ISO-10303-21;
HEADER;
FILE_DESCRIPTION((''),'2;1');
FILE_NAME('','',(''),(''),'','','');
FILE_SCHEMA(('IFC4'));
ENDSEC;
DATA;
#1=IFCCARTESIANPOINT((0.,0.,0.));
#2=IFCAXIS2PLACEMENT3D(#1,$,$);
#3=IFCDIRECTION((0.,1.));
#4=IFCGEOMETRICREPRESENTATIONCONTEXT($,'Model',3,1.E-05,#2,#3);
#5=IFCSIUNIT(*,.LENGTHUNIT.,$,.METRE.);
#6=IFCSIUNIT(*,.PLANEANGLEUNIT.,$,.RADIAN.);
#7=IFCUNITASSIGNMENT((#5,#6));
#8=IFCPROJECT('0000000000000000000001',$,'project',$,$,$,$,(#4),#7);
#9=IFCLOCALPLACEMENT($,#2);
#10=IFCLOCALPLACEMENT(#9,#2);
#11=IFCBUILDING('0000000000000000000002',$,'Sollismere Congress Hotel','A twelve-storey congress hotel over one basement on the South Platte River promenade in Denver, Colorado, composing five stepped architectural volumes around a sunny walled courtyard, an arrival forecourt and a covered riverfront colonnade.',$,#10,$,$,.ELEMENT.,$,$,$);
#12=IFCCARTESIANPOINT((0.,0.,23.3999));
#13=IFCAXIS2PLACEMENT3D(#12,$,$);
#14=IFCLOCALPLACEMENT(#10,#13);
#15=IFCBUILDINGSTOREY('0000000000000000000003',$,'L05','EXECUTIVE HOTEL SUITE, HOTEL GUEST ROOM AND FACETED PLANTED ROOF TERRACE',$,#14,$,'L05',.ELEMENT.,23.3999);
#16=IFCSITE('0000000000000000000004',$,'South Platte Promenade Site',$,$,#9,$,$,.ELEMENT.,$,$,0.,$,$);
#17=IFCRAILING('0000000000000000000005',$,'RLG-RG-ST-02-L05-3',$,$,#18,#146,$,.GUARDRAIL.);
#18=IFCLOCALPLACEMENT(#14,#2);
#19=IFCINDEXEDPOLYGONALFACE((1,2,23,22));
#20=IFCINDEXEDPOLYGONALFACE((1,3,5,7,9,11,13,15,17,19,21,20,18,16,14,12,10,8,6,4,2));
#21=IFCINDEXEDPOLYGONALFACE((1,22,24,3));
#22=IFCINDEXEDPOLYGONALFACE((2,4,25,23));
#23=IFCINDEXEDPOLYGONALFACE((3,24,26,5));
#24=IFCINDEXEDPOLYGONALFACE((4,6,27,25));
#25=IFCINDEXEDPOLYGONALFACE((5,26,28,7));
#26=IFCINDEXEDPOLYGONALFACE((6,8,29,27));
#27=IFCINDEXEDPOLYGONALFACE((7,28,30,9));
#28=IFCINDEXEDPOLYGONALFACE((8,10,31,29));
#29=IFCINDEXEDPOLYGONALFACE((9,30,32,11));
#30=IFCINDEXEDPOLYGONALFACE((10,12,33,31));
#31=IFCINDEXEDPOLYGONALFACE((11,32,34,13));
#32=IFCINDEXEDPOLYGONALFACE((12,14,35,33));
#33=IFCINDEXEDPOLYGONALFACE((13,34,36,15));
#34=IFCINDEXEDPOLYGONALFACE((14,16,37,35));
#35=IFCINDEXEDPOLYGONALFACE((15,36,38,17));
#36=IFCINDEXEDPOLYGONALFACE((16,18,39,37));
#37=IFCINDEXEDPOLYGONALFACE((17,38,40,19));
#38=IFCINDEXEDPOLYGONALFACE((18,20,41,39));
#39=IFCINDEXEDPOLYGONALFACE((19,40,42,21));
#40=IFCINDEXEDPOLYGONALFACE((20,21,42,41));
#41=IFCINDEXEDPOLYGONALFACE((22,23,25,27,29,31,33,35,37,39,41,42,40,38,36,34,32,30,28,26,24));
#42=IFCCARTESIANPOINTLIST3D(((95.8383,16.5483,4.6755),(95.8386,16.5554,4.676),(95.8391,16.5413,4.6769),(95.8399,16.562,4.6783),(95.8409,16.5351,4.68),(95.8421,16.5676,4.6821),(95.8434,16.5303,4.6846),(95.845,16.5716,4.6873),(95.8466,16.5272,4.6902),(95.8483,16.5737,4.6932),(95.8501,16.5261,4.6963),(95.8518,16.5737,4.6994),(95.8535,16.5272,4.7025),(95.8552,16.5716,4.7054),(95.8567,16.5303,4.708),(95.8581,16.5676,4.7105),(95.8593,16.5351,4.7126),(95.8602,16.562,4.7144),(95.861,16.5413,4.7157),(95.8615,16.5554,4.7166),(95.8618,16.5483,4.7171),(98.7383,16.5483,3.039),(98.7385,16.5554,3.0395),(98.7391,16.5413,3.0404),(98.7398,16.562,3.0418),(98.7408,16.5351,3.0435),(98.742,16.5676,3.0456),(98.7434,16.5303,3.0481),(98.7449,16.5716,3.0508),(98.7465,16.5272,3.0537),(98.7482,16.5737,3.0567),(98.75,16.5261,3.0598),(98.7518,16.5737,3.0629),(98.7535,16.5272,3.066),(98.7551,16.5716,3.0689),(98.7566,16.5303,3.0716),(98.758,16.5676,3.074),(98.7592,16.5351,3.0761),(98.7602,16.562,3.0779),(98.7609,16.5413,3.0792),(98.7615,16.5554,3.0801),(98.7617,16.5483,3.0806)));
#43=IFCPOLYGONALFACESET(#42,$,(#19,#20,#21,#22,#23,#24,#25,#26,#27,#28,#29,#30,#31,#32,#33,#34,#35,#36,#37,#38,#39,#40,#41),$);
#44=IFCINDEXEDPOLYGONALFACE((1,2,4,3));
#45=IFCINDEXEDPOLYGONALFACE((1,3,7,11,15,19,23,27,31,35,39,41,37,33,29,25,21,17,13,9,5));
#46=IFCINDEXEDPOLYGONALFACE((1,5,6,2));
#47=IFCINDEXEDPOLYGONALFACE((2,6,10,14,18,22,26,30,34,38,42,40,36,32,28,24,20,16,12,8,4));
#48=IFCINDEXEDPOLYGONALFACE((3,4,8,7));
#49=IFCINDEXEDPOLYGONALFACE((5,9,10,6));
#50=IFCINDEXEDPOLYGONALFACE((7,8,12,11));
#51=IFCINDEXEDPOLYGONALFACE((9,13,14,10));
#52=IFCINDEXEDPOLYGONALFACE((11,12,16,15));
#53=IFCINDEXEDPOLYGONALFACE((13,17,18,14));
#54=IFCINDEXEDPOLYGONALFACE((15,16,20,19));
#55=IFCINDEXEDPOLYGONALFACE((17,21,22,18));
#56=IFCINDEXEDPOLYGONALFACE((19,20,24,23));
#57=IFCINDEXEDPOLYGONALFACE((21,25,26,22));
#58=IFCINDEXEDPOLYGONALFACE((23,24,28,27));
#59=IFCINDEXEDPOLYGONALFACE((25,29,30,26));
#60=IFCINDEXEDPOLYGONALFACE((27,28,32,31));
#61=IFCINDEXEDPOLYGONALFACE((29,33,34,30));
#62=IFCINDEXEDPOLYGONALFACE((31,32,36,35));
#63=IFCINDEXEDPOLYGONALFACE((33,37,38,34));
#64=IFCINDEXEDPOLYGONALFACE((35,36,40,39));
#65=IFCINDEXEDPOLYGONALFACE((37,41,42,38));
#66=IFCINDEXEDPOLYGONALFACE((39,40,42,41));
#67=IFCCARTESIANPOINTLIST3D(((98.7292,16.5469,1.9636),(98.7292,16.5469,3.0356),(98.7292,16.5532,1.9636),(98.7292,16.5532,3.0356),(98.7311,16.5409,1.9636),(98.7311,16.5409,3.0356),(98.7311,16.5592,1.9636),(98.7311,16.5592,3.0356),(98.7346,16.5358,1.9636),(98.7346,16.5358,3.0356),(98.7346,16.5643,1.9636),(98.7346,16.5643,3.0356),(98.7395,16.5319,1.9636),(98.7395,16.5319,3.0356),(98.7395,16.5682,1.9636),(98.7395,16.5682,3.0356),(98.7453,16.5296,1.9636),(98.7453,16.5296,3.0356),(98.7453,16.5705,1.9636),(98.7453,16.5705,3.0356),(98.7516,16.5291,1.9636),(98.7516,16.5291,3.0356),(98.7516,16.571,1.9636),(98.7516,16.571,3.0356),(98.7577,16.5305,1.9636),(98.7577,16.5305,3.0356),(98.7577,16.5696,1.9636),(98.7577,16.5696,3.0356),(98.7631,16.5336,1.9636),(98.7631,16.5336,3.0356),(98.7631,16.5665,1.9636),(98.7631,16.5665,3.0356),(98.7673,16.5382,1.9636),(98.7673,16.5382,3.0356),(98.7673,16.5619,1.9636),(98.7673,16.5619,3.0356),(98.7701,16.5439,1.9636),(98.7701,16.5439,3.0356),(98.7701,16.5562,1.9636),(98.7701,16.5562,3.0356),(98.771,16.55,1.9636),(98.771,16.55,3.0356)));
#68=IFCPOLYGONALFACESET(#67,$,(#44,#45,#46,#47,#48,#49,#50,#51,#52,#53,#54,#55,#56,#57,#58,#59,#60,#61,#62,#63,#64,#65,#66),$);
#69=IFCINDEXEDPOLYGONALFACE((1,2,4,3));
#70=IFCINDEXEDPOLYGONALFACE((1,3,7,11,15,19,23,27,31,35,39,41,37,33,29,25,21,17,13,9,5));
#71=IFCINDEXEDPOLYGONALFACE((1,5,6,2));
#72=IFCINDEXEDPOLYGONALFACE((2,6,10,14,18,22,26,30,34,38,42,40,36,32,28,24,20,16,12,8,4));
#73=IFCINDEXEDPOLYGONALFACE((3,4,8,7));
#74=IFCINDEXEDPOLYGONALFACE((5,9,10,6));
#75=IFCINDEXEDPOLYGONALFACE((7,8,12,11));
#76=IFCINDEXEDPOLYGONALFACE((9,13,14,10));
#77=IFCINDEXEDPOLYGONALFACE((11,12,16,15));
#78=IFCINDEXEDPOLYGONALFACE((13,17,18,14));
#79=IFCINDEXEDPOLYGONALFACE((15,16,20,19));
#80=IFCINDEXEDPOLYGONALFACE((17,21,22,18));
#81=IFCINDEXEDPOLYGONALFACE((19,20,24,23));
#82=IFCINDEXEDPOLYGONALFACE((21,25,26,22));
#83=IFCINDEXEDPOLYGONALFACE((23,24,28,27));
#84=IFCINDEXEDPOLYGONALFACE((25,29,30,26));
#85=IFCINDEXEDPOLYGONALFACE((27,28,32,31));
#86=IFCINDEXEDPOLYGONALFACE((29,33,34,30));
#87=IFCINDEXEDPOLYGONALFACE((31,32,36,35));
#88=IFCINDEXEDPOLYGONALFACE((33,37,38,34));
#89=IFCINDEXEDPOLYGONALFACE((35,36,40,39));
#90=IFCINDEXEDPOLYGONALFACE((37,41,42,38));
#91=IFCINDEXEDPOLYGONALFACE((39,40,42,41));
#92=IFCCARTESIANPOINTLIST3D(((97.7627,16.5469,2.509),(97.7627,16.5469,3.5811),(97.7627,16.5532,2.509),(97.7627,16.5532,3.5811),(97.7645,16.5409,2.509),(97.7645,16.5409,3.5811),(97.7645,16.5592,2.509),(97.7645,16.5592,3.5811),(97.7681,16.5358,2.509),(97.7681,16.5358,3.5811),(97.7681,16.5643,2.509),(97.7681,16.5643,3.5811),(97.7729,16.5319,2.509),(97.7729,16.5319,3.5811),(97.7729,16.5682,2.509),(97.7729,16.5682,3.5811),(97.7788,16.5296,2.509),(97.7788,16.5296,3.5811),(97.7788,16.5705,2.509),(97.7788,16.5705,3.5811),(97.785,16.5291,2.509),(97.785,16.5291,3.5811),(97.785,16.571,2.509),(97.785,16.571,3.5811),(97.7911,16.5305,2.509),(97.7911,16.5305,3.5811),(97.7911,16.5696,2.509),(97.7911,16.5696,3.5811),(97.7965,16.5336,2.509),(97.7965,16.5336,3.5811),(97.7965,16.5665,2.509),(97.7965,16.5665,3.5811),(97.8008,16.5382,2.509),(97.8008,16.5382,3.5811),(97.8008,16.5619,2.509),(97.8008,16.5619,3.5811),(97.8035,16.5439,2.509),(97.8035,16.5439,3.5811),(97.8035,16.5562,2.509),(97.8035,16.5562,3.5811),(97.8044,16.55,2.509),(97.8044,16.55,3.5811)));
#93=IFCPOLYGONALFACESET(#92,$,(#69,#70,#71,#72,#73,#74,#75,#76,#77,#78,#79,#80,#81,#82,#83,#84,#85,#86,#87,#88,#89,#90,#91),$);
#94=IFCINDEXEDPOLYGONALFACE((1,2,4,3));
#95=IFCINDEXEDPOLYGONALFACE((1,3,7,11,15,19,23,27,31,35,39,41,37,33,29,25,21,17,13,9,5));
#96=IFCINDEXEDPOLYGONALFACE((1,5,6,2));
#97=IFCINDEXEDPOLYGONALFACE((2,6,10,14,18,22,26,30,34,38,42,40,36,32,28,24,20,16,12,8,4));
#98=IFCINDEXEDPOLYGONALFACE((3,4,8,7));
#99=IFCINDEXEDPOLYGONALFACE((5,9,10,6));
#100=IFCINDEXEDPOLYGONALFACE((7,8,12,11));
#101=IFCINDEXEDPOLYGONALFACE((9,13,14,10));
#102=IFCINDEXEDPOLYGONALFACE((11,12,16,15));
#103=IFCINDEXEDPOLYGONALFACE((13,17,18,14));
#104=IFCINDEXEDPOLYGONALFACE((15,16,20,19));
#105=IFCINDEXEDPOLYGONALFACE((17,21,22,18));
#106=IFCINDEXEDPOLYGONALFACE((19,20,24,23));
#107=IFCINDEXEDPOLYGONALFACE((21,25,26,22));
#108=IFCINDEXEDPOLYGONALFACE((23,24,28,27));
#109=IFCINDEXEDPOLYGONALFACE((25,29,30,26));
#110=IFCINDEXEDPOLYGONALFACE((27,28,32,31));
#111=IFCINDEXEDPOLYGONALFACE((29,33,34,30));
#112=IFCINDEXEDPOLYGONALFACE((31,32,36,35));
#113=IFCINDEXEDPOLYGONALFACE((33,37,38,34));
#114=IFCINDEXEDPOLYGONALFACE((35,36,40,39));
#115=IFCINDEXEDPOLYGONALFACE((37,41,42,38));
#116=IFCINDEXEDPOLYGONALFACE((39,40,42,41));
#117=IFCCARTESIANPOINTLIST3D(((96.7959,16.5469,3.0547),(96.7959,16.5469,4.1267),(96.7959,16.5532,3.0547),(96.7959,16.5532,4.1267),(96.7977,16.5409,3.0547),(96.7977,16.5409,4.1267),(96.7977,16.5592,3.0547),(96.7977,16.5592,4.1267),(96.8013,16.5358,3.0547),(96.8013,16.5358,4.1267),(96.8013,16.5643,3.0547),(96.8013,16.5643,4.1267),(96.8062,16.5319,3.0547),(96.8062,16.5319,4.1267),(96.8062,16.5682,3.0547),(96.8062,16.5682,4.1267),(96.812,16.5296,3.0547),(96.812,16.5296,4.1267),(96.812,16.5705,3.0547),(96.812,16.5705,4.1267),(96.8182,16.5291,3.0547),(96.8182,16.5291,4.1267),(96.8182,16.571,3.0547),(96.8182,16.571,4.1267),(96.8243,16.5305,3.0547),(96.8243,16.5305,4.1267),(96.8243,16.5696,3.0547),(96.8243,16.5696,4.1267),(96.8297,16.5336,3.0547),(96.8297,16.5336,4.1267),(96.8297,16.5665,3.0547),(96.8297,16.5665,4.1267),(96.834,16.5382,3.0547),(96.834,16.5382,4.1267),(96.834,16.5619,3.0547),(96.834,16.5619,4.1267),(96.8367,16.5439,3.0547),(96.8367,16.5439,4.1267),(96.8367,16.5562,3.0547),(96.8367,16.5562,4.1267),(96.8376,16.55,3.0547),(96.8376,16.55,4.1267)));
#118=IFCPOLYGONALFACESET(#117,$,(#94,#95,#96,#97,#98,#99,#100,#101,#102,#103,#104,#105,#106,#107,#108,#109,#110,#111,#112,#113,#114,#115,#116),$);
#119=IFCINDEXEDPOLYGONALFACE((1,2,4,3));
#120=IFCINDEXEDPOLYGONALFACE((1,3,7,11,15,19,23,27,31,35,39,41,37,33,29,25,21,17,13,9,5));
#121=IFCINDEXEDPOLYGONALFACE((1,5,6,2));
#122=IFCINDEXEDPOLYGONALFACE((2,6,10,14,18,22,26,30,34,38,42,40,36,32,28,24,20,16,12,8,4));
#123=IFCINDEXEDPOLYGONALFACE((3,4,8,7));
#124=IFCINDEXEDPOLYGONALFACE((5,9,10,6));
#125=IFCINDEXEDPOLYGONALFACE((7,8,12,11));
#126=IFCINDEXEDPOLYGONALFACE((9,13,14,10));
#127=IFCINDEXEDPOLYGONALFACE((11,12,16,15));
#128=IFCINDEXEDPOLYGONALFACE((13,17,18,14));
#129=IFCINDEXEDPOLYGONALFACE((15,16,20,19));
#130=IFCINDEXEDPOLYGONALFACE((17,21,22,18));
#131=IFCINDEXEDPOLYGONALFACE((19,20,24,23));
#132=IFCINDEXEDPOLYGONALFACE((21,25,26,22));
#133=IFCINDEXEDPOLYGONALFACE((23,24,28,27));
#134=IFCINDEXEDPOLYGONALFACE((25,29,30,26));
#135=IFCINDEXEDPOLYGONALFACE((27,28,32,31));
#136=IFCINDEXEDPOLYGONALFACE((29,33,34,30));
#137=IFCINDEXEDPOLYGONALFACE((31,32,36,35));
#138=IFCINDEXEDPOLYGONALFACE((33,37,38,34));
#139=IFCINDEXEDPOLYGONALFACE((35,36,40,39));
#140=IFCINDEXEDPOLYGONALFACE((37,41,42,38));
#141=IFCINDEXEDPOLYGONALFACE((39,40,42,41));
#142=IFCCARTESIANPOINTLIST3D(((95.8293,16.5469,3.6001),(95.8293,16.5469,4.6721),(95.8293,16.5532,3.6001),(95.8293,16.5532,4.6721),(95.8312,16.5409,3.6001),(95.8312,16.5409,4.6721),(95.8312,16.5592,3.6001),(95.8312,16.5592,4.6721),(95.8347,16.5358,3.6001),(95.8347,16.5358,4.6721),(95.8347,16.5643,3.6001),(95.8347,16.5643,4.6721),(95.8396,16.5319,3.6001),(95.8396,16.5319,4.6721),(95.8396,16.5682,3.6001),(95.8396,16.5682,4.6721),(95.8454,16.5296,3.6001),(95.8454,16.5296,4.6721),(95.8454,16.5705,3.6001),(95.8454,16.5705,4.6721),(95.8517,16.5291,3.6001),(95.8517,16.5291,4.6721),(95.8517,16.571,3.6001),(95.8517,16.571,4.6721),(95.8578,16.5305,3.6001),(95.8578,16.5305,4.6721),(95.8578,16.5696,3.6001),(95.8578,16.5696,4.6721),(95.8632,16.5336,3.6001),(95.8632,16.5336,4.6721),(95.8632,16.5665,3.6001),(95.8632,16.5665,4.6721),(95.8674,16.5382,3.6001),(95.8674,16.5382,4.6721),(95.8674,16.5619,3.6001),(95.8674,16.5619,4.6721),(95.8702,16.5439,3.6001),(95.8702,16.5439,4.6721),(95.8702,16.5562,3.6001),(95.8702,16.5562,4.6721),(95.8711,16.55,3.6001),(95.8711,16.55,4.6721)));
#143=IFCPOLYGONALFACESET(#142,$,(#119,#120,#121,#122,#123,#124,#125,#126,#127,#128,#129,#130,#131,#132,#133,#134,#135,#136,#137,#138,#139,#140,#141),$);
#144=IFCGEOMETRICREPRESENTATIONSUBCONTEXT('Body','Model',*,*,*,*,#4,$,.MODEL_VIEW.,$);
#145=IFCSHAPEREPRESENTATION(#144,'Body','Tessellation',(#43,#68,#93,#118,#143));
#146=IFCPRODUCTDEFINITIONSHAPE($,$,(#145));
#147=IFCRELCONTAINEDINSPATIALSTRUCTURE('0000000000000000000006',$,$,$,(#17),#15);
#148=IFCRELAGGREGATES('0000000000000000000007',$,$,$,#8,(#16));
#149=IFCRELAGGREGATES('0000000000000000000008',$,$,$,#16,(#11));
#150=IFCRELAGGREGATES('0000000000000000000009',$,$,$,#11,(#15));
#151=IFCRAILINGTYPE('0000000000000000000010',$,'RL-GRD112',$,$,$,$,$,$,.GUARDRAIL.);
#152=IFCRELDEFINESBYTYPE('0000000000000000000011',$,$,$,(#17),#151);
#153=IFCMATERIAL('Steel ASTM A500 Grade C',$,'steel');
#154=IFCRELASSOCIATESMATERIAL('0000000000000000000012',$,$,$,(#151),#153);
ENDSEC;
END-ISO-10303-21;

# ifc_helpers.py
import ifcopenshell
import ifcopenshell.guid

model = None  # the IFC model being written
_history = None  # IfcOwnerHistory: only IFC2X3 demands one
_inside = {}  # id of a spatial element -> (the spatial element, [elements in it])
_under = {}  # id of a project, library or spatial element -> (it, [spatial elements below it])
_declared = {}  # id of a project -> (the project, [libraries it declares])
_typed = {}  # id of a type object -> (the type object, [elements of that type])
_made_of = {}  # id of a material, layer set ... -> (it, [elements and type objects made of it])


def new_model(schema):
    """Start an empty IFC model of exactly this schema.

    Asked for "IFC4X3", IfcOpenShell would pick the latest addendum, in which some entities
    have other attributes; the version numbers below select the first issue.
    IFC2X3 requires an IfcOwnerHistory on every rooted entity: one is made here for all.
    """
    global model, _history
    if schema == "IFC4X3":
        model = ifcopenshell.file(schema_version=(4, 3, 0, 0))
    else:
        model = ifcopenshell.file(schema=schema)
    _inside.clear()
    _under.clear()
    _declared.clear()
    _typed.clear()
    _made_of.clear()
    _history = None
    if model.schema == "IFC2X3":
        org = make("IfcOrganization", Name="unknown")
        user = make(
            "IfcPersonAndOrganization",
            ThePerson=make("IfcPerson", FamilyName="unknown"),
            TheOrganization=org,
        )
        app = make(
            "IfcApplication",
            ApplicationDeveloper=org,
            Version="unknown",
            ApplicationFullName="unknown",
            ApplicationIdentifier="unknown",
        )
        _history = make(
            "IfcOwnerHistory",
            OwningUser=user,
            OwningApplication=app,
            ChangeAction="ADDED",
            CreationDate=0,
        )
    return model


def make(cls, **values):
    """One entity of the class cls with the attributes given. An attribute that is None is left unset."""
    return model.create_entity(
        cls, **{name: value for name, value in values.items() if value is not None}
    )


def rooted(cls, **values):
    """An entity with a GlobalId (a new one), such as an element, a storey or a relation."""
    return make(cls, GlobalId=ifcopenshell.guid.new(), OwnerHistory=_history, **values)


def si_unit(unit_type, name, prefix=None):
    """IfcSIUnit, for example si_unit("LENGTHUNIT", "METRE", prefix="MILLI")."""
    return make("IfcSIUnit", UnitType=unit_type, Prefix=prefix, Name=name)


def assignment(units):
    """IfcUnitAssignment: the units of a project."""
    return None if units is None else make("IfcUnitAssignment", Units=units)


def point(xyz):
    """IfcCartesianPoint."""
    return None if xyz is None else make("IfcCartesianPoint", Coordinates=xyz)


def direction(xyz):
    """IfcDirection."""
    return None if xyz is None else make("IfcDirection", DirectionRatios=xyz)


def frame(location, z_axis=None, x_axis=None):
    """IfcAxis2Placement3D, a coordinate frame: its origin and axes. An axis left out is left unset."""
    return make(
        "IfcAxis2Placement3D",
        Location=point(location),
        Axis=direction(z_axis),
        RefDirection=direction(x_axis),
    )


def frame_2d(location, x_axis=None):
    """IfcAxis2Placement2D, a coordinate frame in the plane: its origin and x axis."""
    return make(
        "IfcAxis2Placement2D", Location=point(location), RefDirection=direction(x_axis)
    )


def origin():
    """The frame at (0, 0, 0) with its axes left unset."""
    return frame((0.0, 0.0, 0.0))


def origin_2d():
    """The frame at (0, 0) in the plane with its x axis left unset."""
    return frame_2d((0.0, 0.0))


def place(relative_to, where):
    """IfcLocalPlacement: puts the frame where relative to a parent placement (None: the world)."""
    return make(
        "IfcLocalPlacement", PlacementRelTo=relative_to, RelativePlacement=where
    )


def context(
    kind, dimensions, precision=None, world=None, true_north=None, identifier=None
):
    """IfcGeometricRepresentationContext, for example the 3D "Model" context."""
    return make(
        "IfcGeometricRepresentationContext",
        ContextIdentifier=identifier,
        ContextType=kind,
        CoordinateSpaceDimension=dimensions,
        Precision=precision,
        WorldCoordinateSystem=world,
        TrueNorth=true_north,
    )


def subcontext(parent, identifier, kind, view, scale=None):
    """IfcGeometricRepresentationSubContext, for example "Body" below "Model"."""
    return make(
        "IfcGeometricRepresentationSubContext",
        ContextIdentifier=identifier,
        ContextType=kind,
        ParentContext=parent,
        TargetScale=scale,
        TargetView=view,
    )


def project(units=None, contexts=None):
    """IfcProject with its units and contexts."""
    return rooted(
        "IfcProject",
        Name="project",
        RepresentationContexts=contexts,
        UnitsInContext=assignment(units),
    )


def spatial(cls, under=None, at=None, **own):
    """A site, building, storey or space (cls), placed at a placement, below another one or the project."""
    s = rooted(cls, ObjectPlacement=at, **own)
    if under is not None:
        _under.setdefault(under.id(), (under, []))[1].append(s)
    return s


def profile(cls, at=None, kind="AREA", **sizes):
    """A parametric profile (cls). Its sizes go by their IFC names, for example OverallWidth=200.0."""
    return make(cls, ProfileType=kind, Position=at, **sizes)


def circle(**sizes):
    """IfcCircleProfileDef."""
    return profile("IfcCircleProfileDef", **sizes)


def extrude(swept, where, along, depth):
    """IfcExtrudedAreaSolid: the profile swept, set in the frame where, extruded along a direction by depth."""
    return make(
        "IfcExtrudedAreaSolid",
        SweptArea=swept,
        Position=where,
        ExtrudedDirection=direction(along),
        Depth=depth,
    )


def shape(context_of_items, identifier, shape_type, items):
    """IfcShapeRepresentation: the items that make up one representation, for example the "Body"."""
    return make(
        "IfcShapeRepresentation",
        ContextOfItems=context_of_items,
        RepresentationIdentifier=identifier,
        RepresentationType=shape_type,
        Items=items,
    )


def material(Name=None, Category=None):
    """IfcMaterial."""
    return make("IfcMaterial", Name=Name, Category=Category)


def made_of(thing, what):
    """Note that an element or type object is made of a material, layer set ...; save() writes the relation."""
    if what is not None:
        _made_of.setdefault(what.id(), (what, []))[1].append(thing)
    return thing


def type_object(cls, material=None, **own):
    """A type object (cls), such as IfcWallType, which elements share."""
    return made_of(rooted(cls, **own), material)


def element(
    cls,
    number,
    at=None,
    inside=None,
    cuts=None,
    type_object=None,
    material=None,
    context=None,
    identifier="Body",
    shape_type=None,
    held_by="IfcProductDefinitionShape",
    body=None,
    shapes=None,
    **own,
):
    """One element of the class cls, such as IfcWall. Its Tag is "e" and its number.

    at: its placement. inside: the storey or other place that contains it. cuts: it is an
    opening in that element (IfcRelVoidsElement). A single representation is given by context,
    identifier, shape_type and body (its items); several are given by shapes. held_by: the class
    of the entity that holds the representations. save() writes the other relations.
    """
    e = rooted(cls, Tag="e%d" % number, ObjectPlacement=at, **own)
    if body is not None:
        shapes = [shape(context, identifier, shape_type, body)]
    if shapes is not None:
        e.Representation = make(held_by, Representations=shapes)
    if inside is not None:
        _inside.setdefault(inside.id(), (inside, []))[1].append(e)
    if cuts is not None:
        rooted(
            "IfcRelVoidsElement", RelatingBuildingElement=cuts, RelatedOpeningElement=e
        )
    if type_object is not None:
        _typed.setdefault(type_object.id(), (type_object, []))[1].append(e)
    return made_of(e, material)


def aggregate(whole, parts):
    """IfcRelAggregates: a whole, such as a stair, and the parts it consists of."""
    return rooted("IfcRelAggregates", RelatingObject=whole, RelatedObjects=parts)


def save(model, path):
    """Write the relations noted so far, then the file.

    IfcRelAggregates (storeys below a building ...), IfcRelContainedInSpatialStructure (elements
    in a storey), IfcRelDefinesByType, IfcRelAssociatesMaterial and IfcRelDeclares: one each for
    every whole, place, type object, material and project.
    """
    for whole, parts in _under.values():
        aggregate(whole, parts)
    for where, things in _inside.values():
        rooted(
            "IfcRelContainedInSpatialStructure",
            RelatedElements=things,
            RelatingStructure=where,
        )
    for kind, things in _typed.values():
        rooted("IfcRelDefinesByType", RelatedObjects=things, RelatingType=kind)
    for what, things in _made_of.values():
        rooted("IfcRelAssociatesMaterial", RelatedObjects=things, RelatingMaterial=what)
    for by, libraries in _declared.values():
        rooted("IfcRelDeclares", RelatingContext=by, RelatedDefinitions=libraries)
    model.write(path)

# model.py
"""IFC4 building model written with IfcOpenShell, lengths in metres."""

from ifc_helpers import new_model, si_unit, direction, frame, origin, origin_2d, place, context, subcontext, project, spatial, circle, extrude, material, type_object, element, save


model = new_model("IFC4")

# Units and contexts
model_context = context("Model", 3, precision=1e-05, world=origin(), true_north=direction((0.0, 1.0)))
body_context = subcontext(model_context, "Body", "Model", "MODEL_VIEW")
ifc_project = project(units=[si_unit("LENGTHUNIT", "METRE"), si_unit("PLANEANGLEUNIT", "RADIAN")], contexts=[model_context])

# Site, building, storey
site_placement = place(None, origin())
site = spatial("IfcSite", under=ifc_project, at=site_placement, Name="South Platte Promenade Site", CompositionType="ELEMENT", RefElevation=0.0)
building_placement = place(site_placement, origin())
building = spatial("IfcBuilding", under=site, at=building_placement, Name="Sollismere Congress Hotel", Description="A twelve-storey congress hotel over one basement on the South Platte River promenade in Denver, Colorado, composing five stepped architectural volumes around a sunny walled courtyard, an arrival forecourt and a covered riverfront colonnade.", CompositionType="ELEMENT")
storey_placement = place(building_placement, frame((0.0, 0.0, 23.3999)))
storey = spatial("IfcBuildingStorey", under=building, at=storey_placement, Name="L05", Description="EXECUTIVE HOTEL SUITE, HOTEL GUEST ROOM AND FACETED PLANTED ROOF TERRACE", LongName="L05", CompositionType="ELEMENT", Elevation=23.3999)

# Shared definitions
ifc_material_1 = material(Name="Steel ASTM A500 Grade C", Category="steel")

# Railing
railing_type_1 = type_object("IfcRailingType", Name="RL-GRD112", PredefinedType="GUARDRAIL", material=ifc_material_1)
railing_1_placement = place(storey_placement, frame((98.75, 16.55, 1.9636)))
element("IfcRailing", 1, at=railing_1_placement, inside=storey, type_object=railing_type_1, Name="RLG-RG-ST-02-L05-3", PredefinedType="GUARDRAIL", context=body_context, shape_type="SweptSolid", body=[
    extrude(circle(Radius=0.0239, at=origin_2d()), frame((0.0, 0.0, 1.0962), z_axis=(-0.870897, 0.0, 0.491465), x_axis=(0.0, -1.0, 0.0)), (0.0, 0.0, 1.0), 3.3298),
    extrude(circle(Radius=0.021, at=origin_2d()), origin(), (0.0, 0.0, 1.0), 1.072),
    extrude(circle(Radius=0.021, at=origin_2d()), frame((-0.9666, 0.0, 0.5454)), (0.0, 0.0, 1.0), 1.072),
    extrude(circle(Radius=0.021, at=origin_2d()), frame((-1.9333, 0.0, 1.0911)), (0.0, 0.0, 1.0), 1.072),
    extrude(circle(Radius=0.021, at=origin_2d()), frame((-2.8999, 0.0, 1.6365)), (0.0, 0.0, 1.0), 1.072),
])

save(model, "model.ifc")
